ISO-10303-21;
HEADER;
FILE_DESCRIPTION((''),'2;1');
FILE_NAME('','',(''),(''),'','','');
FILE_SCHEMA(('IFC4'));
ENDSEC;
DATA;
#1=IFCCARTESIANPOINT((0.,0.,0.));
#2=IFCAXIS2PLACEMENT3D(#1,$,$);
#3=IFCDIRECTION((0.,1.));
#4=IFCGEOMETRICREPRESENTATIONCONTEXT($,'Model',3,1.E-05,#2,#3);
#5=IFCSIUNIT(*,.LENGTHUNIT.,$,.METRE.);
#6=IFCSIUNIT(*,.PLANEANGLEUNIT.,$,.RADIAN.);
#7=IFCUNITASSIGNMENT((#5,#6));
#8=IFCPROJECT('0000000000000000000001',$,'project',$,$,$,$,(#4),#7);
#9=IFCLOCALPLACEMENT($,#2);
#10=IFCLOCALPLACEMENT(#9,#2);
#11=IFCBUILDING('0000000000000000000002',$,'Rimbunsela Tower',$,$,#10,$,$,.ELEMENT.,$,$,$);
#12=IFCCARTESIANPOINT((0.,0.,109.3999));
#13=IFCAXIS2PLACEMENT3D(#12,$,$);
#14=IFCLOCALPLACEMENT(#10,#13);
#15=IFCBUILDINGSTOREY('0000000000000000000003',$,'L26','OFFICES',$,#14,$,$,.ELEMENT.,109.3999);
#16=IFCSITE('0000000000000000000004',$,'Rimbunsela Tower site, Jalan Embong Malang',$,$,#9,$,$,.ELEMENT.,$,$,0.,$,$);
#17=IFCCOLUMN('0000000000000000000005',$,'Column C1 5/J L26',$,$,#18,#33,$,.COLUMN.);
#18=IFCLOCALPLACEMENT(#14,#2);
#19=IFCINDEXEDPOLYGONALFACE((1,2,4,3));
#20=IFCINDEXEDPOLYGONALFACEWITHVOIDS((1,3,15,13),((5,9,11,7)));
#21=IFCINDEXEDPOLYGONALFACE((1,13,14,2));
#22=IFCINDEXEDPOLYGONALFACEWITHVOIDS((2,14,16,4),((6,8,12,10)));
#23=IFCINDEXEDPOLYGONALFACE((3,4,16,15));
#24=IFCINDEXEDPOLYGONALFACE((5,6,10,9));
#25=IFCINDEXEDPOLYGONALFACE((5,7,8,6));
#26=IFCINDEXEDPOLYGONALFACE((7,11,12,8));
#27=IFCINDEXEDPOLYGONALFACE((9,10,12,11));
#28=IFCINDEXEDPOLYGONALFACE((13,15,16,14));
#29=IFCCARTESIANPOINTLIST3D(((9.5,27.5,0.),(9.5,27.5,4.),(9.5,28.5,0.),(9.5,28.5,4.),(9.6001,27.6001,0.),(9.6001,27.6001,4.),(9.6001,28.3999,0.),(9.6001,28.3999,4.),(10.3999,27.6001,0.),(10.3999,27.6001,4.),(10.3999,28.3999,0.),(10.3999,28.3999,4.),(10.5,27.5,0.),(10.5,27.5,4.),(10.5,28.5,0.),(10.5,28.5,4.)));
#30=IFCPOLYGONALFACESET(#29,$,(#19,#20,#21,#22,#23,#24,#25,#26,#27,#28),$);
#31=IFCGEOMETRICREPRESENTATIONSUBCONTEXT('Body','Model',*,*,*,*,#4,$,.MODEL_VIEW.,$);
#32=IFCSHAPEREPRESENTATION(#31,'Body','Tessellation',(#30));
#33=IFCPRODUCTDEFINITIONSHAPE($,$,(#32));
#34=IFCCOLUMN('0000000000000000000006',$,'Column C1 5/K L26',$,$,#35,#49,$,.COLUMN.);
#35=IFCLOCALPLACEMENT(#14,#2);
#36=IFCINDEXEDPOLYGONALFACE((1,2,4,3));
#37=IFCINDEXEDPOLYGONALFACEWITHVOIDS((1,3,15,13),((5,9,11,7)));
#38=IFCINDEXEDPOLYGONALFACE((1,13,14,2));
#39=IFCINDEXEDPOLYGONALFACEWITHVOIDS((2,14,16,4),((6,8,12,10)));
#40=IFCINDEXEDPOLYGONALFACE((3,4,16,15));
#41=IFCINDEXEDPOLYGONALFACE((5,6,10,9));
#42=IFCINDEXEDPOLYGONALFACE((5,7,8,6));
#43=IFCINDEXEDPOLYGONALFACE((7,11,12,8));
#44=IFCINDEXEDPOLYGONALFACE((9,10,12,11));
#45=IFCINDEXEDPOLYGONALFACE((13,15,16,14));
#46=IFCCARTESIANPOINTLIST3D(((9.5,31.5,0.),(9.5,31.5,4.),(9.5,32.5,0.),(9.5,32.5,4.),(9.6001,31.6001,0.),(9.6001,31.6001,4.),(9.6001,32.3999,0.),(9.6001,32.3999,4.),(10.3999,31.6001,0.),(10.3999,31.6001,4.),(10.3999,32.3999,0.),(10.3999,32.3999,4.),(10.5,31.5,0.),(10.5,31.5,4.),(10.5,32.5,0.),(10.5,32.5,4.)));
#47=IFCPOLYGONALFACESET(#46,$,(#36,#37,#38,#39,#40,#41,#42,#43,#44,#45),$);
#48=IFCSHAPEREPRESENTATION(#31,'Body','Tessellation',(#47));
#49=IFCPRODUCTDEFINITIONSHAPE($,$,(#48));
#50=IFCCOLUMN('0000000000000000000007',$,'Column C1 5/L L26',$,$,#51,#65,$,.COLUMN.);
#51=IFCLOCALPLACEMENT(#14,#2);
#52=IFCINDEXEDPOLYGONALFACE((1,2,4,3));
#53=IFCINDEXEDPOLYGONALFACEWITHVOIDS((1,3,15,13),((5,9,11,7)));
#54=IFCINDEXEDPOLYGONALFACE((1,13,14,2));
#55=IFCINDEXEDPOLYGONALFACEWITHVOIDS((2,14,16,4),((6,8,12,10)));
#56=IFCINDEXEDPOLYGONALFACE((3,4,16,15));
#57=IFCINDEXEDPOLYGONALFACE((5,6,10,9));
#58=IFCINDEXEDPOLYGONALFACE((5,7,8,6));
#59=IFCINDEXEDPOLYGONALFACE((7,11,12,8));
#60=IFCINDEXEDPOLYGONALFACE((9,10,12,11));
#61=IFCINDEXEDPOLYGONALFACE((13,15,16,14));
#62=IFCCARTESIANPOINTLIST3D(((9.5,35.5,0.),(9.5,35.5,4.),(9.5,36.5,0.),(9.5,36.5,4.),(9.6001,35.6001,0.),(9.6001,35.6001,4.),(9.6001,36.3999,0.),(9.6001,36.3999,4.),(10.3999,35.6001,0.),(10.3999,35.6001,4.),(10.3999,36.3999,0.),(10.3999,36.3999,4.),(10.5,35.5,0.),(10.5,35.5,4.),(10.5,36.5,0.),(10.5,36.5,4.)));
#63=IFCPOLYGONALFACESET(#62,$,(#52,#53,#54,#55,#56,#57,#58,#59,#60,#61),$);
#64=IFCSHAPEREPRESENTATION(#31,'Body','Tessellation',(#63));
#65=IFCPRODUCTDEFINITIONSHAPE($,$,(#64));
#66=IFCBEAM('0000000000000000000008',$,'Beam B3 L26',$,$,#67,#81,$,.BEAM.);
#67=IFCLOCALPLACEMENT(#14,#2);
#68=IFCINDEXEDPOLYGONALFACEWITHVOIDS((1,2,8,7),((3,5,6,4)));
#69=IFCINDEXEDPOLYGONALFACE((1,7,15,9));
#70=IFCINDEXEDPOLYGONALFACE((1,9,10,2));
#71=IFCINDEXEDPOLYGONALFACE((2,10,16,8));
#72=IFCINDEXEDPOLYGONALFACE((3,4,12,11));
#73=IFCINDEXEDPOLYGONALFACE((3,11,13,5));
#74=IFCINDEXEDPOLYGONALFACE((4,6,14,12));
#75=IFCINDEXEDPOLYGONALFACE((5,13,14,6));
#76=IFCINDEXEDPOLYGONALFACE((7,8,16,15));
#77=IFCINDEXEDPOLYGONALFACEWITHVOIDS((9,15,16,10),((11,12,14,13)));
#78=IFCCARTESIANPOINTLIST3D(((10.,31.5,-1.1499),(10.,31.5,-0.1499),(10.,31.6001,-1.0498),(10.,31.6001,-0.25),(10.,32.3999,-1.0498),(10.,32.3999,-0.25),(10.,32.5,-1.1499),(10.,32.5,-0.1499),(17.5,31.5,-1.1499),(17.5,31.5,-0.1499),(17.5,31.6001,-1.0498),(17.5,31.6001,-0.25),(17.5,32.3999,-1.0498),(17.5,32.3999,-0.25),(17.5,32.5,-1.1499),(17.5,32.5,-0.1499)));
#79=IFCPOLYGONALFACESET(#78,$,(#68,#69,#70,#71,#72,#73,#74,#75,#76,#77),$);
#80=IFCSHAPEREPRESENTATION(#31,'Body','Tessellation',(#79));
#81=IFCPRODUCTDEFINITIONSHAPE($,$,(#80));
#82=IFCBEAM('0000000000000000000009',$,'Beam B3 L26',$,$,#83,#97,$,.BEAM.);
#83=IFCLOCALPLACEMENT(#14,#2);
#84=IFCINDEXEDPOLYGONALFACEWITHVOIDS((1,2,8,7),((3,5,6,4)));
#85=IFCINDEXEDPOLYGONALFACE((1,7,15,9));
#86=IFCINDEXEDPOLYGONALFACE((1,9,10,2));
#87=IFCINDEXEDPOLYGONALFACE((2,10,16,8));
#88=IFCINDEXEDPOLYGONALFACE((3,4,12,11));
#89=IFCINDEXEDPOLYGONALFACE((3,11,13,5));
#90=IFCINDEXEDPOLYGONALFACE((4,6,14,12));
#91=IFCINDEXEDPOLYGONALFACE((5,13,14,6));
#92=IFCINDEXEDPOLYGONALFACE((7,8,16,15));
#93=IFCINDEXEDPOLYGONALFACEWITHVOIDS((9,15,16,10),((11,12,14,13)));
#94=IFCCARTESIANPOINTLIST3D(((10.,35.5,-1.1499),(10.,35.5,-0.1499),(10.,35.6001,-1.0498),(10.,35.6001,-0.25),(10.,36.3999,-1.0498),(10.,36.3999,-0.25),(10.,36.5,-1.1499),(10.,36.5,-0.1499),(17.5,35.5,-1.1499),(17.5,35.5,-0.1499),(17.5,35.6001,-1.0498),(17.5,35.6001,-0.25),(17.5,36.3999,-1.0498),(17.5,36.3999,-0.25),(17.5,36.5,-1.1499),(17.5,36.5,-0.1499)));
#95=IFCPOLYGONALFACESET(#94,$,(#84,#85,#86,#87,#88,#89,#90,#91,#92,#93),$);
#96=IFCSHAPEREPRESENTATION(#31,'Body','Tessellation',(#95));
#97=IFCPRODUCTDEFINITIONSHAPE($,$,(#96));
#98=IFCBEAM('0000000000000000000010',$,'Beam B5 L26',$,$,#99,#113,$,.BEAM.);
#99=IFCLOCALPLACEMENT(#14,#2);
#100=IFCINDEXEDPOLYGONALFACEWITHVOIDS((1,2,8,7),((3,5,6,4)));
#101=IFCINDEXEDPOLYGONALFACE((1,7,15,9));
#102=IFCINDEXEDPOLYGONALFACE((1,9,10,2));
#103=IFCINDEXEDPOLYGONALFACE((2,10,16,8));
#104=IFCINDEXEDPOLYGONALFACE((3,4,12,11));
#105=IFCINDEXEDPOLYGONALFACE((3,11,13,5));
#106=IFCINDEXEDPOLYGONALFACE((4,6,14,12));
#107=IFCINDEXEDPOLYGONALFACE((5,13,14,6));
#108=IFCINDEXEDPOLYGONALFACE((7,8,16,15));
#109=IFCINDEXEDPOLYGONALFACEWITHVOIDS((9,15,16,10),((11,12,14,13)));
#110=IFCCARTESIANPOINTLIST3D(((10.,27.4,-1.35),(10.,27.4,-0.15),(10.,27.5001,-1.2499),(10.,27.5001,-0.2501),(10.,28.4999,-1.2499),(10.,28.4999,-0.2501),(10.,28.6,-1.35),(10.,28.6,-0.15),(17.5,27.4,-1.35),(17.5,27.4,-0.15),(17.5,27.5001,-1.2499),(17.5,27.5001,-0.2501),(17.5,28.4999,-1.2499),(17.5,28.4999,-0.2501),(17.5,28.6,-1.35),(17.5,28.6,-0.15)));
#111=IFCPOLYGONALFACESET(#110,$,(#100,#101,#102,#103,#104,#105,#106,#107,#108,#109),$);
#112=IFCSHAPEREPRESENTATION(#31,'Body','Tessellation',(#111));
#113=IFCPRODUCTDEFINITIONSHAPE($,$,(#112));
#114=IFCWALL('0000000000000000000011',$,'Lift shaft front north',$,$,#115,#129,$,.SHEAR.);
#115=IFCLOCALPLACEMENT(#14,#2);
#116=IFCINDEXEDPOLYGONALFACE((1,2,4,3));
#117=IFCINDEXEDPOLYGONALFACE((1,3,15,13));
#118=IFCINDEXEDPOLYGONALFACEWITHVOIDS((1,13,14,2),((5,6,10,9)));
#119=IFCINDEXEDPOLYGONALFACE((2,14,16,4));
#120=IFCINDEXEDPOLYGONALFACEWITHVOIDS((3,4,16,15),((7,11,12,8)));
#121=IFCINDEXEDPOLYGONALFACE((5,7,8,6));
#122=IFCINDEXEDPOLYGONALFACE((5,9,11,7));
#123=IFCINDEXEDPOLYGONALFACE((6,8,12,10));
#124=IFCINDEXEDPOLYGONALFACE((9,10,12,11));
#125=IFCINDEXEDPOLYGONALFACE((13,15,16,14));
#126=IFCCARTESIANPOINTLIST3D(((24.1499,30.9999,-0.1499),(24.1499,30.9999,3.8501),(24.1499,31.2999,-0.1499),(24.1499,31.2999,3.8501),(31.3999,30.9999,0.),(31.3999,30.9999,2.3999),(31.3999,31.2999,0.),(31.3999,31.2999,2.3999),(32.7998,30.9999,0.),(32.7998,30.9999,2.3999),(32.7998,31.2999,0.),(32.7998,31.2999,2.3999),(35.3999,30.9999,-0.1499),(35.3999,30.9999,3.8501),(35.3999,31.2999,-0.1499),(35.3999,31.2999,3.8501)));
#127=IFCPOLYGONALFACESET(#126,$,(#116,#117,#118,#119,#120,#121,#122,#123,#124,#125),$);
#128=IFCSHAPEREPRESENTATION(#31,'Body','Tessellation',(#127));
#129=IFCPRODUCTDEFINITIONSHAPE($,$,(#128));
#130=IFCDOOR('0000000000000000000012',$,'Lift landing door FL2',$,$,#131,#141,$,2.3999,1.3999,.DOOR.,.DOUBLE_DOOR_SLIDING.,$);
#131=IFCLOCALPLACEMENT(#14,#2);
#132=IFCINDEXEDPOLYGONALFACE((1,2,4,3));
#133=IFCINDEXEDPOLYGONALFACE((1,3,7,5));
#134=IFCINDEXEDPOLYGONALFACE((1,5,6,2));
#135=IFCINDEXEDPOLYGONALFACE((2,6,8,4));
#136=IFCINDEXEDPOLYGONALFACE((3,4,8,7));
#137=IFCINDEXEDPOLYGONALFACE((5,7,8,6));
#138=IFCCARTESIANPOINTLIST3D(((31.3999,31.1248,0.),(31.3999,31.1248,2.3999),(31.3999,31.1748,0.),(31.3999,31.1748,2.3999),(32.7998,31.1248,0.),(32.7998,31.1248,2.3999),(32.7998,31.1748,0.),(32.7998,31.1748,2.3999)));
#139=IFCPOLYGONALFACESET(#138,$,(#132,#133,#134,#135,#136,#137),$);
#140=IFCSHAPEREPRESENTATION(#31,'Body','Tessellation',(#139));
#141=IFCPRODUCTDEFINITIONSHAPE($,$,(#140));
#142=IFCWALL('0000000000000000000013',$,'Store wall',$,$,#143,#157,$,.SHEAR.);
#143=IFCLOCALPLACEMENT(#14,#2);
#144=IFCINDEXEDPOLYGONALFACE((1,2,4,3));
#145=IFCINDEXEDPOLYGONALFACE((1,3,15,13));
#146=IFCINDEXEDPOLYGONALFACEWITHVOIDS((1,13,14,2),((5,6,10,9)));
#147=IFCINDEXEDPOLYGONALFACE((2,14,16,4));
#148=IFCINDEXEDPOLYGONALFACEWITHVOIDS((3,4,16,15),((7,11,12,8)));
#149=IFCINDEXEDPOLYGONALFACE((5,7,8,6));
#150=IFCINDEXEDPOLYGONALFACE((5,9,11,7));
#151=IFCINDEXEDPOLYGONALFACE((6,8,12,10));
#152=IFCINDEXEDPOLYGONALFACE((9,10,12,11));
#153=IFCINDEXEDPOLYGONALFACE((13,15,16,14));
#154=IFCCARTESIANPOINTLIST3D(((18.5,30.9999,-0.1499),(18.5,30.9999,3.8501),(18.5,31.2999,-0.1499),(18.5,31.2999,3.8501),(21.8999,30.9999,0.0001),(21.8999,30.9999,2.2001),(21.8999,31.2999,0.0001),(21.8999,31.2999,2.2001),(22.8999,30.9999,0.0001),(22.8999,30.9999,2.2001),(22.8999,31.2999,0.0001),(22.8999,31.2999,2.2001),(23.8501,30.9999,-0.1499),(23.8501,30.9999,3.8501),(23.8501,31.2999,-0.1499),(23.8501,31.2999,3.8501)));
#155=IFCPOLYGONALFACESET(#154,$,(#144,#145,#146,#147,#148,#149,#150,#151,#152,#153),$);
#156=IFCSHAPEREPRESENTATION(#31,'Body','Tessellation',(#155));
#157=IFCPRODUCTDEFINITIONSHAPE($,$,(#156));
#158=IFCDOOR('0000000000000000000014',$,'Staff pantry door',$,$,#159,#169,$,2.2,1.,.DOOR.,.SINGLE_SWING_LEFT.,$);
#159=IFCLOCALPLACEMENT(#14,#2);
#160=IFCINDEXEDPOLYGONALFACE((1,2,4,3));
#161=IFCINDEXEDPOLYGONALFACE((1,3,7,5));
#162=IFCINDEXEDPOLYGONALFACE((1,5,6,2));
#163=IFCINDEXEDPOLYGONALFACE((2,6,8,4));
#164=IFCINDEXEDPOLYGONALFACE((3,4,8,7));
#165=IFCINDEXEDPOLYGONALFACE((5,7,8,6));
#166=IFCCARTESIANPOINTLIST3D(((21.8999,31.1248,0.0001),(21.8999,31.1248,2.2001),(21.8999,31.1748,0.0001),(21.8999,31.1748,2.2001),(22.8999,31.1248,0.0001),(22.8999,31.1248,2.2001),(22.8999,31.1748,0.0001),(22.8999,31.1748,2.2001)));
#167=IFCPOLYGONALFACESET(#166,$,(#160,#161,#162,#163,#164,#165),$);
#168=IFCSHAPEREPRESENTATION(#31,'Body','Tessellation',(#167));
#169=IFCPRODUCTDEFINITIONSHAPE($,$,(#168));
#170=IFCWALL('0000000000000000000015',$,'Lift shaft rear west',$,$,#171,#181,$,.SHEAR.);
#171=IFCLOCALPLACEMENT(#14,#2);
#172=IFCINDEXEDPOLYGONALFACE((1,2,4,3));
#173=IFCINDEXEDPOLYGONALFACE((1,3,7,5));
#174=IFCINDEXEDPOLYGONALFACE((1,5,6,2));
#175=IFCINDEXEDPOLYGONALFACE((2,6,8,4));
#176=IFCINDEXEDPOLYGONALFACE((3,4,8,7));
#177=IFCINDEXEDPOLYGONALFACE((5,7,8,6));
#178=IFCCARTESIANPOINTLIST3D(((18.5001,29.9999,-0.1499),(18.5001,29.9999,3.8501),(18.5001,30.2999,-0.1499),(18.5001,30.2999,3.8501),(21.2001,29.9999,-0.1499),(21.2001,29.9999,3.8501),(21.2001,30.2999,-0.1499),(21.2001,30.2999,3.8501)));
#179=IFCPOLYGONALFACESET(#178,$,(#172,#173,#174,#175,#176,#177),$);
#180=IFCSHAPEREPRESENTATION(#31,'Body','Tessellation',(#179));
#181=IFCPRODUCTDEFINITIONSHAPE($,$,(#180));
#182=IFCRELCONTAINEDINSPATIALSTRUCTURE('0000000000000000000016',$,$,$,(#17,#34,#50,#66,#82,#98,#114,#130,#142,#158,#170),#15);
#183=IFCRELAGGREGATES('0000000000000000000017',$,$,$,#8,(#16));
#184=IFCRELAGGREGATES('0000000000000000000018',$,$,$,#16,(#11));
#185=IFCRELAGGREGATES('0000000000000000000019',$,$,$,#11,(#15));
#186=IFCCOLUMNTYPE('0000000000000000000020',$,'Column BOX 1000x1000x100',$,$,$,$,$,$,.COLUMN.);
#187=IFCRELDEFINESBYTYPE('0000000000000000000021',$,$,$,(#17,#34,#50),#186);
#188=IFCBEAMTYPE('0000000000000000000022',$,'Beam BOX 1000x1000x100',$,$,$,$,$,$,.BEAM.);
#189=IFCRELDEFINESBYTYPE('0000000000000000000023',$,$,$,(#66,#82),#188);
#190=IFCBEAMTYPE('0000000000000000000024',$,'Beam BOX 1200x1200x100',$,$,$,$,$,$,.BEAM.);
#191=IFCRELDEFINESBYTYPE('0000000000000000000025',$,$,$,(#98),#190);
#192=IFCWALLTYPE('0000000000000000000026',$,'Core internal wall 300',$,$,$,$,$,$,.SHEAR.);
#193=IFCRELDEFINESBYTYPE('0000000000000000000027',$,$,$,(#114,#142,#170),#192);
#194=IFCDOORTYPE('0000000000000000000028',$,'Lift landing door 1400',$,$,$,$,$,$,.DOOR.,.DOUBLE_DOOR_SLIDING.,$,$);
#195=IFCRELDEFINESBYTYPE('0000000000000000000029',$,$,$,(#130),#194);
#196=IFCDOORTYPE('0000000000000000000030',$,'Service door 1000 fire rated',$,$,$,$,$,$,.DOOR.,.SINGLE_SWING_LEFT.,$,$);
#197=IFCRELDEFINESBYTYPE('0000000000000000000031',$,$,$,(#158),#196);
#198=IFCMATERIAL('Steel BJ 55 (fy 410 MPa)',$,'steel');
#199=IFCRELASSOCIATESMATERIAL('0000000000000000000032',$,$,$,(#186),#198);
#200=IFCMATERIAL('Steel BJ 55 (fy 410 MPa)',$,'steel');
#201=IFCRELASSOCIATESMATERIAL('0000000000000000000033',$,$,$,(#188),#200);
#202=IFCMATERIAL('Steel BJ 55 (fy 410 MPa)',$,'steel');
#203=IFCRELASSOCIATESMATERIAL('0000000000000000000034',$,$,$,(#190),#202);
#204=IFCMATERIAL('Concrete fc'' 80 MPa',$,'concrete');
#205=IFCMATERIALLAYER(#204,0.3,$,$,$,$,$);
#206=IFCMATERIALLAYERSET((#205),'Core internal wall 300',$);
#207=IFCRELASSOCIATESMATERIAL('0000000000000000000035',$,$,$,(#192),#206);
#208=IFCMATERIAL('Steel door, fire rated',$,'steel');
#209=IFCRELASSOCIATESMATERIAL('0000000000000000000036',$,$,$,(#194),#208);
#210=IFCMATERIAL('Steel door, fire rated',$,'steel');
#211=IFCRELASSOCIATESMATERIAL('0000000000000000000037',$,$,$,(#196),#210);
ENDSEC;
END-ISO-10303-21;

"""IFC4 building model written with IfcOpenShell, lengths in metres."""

from ifc_helpers import new_model, si_unit, direction, frame, frame_2d, origin, origin_2d, place, context, subcontext, project, spatial, rectangle, hollow_rectangle, extrude, material, layer, layer_set, material_profile, profile_set, type_object, element, fill, save


model = new_model("IFC4")

# Units and contexts
model_context = context("Model", 3, precision=1e-05, world=origin(), true_north=direction((0.0, 1.0)))
body_context = subcontext(model_context, "Body", "Model", "MODEL_VIEW")
ifc_project = project(units=[si_unit("LENGTHUNIT", "METRE"), si_unit("PLANEANGLEUNIT", "RADIAN")], contexts=[model_context])

# Site, building, storey
site_placement = place(None, origin())
site = spatial("IfcSite", under=ifc_project, at=site_placement, Name="Rimbunsela Tower site, Jalan Embong Malang", CompositionType="ELEMENT", RefElevation=0.0)
building_placement = place(site_placement, origin())
building = spatial("IfcBuilding", under=site, at=building_placement, Name="Rimbunsela Tower", CompositionType="ELEMENT")
storey_placement = place(building_placement, frame((0.0, 0.0, 109.3999)))
storey = spatial("IfcBuildingStorey", under=building, at=storey_placement, Name="L26", Description="OFFICES", CompositionType="ELEMENT", Elevation=109.3999)

# Columns
ifc_material_1 = material(Name="Steel BJ 55 (fy 410 MPa)", Category="steel")
ifc_material_profile_1 = material_profile(ifc_material_1, hollow_rectangle(XDim=1.0, YDim=1.0, WallThickness=0.1001, at=origin_2d()), Name="BOX 1000x1000x100")
ifc_profile_set_1 = profile_set([ifc_material_profile_1], Name="Steel BJ 55 (fy 410 MPa)")
column_type = type_object("IfcColumnType", Name="Column BOX 1000x1000x100", PredefinedType="COLUMN", material=ifc_profile_set_1)
for number, where, z_axis, x_axis, name in (
    (1, (10.0, 28.0, 0.0), (0.0, 0.0, 1.0), (1.0, 0.0, 0.0), "Column C1 5/J L26"),
    (2, (10.0, 32.0, 0.0), (0.0, 0.0, 1.0), (1.0, 0.0, 0.0), "Column C1 5/K L26"),
    (3, (10.0, 36.0, 0.0), (0.0, 0.0, 1.0), (1.0, 0.0, 0.0), "Column C1 5/L L26"),
):
    element("IfcColumn", number, at=place(storey_placement, frame(where, z_axis=z_axis, x_axis=x_axis)), inside=storey, type_object=column_type, Name=name, PredefinedType="COLUMN", context=body_context, shape_type="SweptSolid", body=[
        extrude(hollow_rectangle(XDim=1.0, YDim=1.0, WallThickness=0.1001, at=origin_2d()), origin(), (0.0, 0.0, 1.0), 4.0),
    ])

# Beams
ifc_material_2 = material(Name="Steel BJ 55 (fy 410 MPa)", Category="steel")
ifc_material_profile_2 = material_profile(ifc_material_2, hollow_rectangle(XDim=1.0, YDim=1.0, WallThickness=0.1001, at=origin_2d()), Name="BOX 1000x1000x100")
ifc_profile_set_2 = profile_set([ifc_material_profile_2], Name="Steel BJ 55 (fy 410 MPa)")
beam_type_1 = type_object("IfcBeamType", Name="Beam BOX 1000x1000x100", PredefinedType="BEAM", material=ifc_profile_set_2)
for number, where, z_axis, x_axis, name in (
    (4, (10.0, 32.0, -0.6499), (1.0, 0.0, 0.0), (0.0, 1.0, 0.0), "Beam B3 L26"),
    (5, (10.0, 36.0, -0.6499), (1.0, 0.0, 0.0), (0.0, 1.0, 0.0), "Beam B3 L26"),
):
    element("IfcBeam", number, at=place(storey_placement, frame(where, z_axis=z_axis, x_axis=x_axis)), inside=storey, type_object=beam_type_1, Name=name, PredefinedType="BEAM", context=body_context, shape_type="SweptSolid", body=[
        extrude(hollow_rectangle(XDim=1.0, YDim=1.0, WallThickness=0.1001, at=origin_2d()), origin(), (0.0, 0.0, 1.0), 7.5),
    ])
ifc_material_3 = material(Name="Steel BJ 55 (fy 410 MPa)", Category="steel")
ifc_material_profile_3 = material_profile(ifc_material_3, hollow_rectangle(XDim=1.2, YDim=1.2, WallThickness=0.1001, at=origin_2d()), Name="BOX 1200x1200x100")
ifc_profile_set_3 = profile_set([ifc_material_profile_3], Name="Steel BJ 55 (fy 410 MPa)")
beam_type_2 = type_object("IfcBeamType", Name="Beam BOX 1200x1200x100", PredefinedType="BEAM", material=ifc_profile_set_3)
beam_placement = place(storey_placement, frame((10.0, 28.0, -0.75), z_axis=(1.0, 0.0, 0.0), x_axis=(0.0, 1.0, 0.0)))
element("IfcBeam", 6, at=beam_placement, inside=storey, type_object=beam_type_2, Name="Beam B5 L26", PredefinedType="BEAM", context=body_context, shape_type="SweptSolid", body=[
    extrude(hollow_rectangle(XDim=1.2, YDim=1.2, WallThickness=0.1001, at=origin_2d()), origin(), (0.0, 0.0, 1.0), 7.5),
])

# Walls, openings, doors
ifc_material_4 = material(Name="Concrete fc' 80 MPa", Category="concrete")
ifc_layer_1 = layer(ifc_material_4, 0.3)
ifc_layer_set_1 = layer_set([ifc_layer_1], Name="Core internal wall 300")
wall_type_1 = type_object("IfcWallType", Name="Core internal wall 300", PredefinedType="SHEAR", material=ifc_layer_set_1)
wall_1_placement = place(storey_placement, frame((24.1499, 31.1499, -0.1499), z_axis=(0.0, 0.0, 1.0), x_axis=(1.0, 0.0, 0.0)))
wall_1 = element("IfcWall", 7, at=wall_1_placement, inside=storey, type_object=wall_type_1, Name="Lift shaft front north", PredefinedType="SHEAR", context=body_context, shape_type="SweptSolid", body=[
    extrude(rectangle(XDim=11.25, YDim=0.3, at=frame_2d((5.625, 0.0))), origin(), (0.0, 0.0, 1.0), 4.0),
])
opening_1_placement = place(wall_1_placement, frame((7.25, 0.0, 0.1499)))
opening_1 = element("IfcOpeningElement", 8, at=opening_1_placement, cuts=wall_1, PredefinedType="OPENING", context=body_context, shape_type="SweptSolid", body=[
    extrude(rectangle(XDim=1.3999, YDim=2.3999, at=frame_2d((0.7, 1.2))), frame((0.0, 0.1599, 0.0), z_axis=(0.0, -1.0, 0.0), x_axis=(1.0, 0.0, 0.0)), (0.0, 0.0, 1.0), 0.3201),
])
ifc_material_5 = material(Name="Steel door, fire rated", Category="steel")
door_type_1 = type_object("IfcDoorType", Name="Lift landing door 1400", OperationType="DOUBLE_DOOR_SLIDING", PredefinedType="DOOR", material=ifc_material_5)
door_1_placement = place(opening_1_placement, origin())
door_1 = element("IfcDoor", 9, at=door_1_placement, inside=storey, type_object=door_type_1, Name="Lift landing door FL2", OperationType="DOUBLE_DOOR_SLIDING", OverallHeight=2.3999, OverallWidth=1.3999, PredefinedType="DOOR", context=body_context, shape_type="SweptSolid", body=[
    extrude(rectangle(XDim=1.3999, YDim=2.3999, at=frame_2d((0.7, 1.2))), frame((0.0, 0.0249, 0.0), z_axis=(0.0, -1.0, 0.0), x_axis=(1.0, 0.0, 0.0)), (0.0, 0.0, 1.0), 0.05),
])
fill(opening_1, door_1)
wall_2_placement = place(storey_placement, frame((18.5, 31.1499, -0.1499), z_axis=(0.0, 0.0, 1.0), x_axis=(1.0, 0.0, 0.0)))
wall_2 = element("IfcWall", 10, at=wall_2_placement, inside=storey, type_object=wall_type_1, Name="Store wall", PredefinedType="SHEAR", context=body_context, shape_type="SweptSolid", body=[
    extrude(rectangle(XDim=5.3501, YDim=0.3, at=frame_2d((2.675, 0.0))), origin(), (0.0, 0.0, 1.0), 4.0),
])
opening_2_placement = place(wall_2_placement, frame((3.3999, 0.0, 0.1499)))
opening_2 = element("IfcOpeningElement", 11, at=opening_2_placement, cuts=wall_2, PredefinedType="OPENING", context=body_context, shape_type="SweptSolid", body=[
    extrude(rectangle(XDim=1.0, YDim=2.2, at=frame_2d((0.5, 1.1001))), frame((0.0, 0.1599, 0.0), z_axis=(0.0, -1.0, 0.0), x_axis=(1.0, 0.0, 0.0)), (0.0, 0.0, 1.0), 0.3201),
])
ifc_material_6 = material(Name="Steel door, fire rated", Category="steel")
door_type_2 = type_object("IfcDoorType", Name="Service door 1000 fire rated", OperationType="SINGLE_SWING_LEFT", PredefinedType="DOOR", material=ifc_material_6)
door_2_placement = place(opening_2_placement, origin())
door_2 = element("IfcDoor", 12, at=door_2_placement, inside=storey, type_object=door_type_2, Name="Staff pantry door", OperationType="SINGLE_SWING_LEFT", OverallHeight=2.2, OverallWidth=1.0, PredefinedType="DOOR", context=body_context, shape_type="SweptSolid", body=[
    extrude(rectangle(XDim=1.0, YDim=2.2, at=frame_2d((0.5, 1.1001))), frame((0.0, 0.0249, 0.0), z_axis=(0.0, -1.0, 0.0), x_axis=(1.0, 0.0, 0.0)), (0.0, 0.0, 1.0), 0.05),
])
fill(opening_2, door_2)

# Wall
wall_3_placement = place(storey_placement, frame((18.5, 30.1499, -0.1499), z_axis=(0.0, 0.0, 1.0), x_axis=(1.0, 0.0, 0.0)))
element("IfcWall", 13, at=wall_3_placement, inside=storey, type_object=wall_type_1, Name="Lift shaft rear west", PredefinedType="SHEAR", context=body_context, shape_type="SweptSolid", body=[
    extrude(rectangle(XDim=2.7, YDim=0.3, at=frame_2d((1.3501, 0.0))), origin(), (0.0, 0.0, 1.0), 4.0),
])

save(model, "model.ifc")
